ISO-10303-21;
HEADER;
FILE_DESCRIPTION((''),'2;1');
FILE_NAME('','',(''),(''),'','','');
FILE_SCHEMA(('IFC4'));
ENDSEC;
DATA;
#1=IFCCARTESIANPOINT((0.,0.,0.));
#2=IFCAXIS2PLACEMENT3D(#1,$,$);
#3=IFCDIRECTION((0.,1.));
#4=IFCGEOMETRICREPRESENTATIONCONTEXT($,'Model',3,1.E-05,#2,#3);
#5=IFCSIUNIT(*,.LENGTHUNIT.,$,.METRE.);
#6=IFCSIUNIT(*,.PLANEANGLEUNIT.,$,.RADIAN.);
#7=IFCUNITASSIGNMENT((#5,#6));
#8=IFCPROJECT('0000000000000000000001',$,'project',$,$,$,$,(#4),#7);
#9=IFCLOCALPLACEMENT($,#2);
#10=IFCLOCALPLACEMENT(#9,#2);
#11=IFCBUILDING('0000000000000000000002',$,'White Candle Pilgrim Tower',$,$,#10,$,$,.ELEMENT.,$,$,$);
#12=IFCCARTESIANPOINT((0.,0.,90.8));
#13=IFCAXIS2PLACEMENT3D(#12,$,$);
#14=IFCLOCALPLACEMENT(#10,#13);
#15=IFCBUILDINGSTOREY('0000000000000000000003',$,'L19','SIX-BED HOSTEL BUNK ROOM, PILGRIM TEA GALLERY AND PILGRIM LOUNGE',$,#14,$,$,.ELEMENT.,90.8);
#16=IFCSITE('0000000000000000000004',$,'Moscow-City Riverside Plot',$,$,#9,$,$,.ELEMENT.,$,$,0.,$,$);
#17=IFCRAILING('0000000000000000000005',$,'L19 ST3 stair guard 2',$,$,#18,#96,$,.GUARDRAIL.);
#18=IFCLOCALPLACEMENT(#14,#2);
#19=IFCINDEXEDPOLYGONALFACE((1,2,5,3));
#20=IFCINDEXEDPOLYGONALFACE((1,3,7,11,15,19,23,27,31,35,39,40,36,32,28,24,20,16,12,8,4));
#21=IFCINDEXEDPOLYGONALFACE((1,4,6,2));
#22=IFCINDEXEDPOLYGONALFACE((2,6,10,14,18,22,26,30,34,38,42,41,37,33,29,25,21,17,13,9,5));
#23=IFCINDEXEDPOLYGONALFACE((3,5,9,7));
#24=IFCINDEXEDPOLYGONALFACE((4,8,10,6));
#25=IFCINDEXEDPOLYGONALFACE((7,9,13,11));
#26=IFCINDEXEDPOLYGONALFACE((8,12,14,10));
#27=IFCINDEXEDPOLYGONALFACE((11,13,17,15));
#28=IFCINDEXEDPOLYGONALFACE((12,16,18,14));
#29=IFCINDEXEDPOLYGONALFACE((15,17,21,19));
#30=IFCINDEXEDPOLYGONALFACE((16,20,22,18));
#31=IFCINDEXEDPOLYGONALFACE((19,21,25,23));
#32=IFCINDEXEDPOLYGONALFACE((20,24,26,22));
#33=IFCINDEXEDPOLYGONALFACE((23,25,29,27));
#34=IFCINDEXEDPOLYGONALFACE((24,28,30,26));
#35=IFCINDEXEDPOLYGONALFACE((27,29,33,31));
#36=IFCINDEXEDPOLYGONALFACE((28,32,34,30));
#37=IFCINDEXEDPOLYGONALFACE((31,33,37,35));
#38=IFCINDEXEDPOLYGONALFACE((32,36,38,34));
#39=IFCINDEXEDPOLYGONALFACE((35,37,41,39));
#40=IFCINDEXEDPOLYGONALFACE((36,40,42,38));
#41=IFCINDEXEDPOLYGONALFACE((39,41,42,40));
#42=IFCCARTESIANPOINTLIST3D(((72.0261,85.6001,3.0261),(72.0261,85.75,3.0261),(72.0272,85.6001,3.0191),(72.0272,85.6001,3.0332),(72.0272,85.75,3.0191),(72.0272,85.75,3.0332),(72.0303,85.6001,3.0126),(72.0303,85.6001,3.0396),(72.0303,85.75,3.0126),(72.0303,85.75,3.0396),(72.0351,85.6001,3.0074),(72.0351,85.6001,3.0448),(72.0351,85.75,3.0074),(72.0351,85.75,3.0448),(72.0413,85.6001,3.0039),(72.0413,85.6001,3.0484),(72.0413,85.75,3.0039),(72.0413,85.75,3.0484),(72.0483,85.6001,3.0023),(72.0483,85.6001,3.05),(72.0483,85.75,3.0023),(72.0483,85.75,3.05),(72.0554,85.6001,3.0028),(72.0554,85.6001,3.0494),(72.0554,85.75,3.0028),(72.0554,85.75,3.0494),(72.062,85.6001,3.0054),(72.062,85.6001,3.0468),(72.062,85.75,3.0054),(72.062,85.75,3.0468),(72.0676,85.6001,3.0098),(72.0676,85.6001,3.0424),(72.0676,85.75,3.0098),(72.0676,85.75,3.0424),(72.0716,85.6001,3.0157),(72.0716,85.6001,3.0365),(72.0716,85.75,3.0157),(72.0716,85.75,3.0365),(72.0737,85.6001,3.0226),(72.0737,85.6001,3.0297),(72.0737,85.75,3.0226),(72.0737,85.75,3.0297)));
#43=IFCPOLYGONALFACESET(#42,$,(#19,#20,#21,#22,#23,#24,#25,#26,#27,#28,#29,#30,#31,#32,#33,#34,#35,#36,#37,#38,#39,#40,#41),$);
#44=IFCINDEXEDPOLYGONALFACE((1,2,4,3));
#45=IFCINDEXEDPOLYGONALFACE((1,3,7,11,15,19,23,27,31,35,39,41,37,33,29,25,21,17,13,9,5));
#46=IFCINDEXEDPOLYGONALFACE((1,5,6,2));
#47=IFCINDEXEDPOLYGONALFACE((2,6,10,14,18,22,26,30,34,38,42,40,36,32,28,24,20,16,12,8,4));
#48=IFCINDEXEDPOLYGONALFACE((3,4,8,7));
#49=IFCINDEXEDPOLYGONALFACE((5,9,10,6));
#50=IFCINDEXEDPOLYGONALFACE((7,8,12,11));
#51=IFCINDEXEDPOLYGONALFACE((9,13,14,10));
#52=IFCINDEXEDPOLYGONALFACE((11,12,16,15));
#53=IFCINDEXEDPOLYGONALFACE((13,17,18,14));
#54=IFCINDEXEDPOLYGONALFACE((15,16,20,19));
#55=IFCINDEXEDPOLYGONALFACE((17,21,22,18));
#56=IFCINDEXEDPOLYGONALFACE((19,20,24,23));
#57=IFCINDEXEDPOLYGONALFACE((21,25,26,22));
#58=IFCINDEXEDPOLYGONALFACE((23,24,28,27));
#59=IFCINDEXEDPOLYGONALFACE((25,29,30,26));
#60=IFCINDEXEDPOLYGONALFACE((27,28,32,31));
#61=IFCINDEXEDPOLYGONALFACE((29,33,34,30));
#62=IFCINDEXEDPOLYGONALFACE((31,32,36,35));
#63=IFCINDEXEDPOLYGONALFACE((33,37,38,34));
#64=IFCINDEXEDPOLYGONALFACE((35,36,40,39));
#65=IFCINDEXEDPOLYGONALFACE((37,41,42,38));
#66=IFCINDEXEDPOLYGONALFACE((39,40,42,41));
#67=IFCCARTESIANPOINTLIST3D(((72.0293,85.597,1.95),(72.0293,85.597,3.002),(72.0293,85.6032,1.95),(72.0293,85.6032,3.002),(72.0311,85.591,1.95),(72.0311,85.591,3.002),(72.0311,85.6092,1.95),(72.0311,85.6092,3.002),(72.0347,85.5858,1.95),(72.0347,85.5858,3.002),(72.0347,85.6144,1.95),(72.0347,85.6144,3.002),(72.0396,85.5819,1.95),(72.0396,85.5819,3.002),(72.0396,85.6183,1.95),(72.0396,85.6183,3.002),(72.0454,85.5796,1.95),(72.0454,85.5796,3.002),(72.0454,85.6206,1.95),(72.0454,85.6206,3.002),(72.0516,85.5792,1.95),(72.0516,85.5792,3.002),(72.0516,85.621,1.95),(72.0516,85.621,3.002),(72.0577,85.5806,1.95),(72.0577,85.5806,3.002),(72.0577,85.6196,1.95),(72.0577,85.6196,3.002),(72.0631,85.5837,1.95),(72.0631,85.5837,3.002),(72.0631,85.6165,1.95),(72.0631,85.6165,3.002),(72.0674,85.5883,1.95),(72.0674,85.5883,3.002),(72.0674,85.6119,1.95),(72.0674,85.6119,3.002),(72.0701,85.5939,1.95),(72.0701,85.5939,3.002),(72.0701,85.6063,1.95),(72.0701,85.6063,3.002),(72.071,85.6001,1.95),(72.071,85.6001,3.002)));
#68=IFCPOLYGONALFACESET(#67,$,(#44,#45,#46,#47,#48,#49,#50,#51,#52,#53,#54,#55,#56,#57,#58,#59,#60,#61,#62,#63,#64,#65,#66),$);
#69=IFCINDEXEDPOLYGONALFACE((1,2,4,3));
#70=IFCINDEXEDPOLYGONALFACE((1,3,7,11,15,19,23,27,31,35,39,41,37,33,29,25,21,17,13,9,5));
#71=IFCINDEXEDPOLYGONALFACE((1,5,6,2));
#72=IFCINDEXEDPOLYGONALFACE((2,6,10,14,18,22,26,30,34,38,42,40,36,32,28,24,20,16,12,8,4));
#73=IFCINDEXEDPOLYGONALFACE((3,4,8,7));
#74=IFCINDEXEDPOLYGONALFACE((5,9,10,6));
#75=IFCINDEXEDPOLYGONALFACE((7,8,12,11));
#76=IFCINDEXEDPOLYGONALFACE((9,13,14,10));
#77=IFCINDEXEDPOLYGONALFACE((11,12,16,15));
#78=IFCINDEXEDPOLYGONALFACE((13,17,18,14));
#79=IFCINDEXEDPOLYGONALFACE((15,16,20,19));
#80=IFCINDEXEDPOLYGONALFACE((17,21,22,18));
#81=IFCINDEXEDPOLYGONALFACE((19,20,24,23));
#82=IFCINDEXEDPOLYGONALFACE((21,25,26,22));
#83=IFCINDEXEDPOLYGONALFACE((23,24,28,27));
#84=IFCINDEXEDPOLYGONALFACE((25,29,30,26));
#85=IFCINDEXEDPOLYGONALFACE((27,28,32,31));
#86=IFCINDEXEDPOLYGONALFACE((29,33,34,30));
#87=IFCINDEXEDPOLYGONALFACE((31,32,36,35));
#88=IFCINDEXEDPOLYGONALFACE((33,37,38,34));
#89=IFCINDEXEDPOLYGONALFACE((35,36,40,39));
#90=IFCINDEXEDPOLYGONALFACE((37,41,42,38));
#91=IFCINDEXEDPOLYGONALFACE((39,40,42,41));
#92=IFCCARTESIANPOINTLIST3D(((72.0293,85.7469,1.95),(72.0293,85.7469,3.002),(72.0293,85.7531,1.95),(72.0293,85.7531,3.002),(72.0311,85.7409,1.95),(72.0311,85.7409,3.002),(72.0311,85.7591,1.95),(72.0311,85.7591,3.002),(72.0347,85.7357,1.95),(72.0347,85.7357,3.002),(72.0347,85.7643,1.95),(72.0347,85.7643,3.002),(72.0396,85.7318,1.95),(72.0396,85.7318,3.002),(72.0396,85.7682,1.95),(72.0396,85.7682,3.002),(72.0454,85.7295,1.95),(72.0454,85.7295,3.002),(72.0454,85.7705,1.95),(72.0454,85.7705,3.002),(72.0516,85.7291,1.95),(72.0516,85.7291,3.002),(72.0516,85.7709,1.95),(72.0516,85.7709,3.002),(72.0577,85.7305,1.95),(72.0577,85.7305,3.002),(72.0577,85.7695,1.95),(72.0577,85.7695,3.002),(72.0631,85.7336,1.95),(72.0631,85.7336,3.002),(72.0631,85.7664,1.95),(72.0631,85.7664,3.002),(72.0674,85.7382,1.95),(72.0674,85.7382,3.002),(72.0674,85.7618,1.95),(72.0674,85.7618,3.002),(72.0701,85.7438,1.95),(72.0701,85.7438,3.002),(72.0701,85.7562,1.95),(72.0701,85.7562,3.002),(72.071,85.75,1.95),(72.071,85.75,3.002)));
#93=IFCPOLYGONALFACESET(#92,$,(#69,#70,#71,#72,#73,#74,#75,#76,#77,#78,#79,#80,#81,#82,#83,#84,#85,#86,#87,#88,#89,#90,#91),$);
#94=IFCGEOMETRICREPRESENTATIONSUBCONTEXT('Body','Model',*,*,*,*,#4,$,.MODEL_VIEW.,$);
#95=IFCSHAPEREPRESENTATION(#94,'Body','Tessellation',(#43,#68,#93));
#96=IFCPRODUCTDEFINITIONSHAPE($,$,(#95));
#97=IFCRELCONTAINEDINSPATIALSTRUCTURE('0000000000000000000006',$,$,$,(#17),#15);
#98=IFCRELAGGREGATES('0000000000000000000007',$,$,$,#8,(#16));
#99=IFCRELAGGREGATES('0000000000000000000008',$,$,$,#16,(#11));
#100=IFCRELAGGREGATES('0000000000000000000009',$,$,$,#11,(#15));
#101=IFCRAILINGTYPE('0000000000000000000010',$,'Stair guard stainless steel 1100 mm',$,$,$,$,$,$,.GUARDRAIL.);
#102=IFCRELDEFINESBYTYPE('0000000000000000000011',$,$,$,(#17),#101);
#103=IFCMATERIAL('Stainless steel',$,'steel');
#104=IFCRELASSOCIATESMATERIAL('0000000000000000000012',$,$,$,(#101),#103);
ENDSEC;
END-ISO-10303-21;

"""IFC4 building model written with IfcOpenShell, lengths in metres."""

from ifc_helpers import new_model, si_unit, direction, frame, origin, origin_2d, place, context, subcontext, project, spatial, circle, extrude, material, type_object, element, save


model = new_model("IFC4")

# Units and contexts
model_context = context("Model", 3, precision=1e-05, world=origin(), true_north=direction((0.0, 1.0)))
body_context = subcontext(model_context, "Body", "Model", "MODEL_VIEW")
ifc_project = project(units=[si_unit("LENGTHUNIT", "METRE"), si_unit("PLANEANGLEUNIT", "RADIAN")], contexts=[model_context])

# Site, building, storey
site_placement = place(None, origin())
site = spatial("IfcSite", under=ifc_project, at=site_placement, Name="Moscow-City Riverside Plot", CompositionType="ELEMENT", RefElevation=0.0)
building_placement = place(site_placement, origin())
building = spatial("IfcBuilding", under=site, at=building_placement, Name="White Candle Pilgrim Tower", CompositionType="ELEMENT")
storey_placement = place(building_placement, frame((0.0, 0.0, 90.8)))
storey = spatial("IfcBuildingStorey", under=building, at=storey_placement, Name="L19", Description="SIX-BED HOSTEL BUNK ROOM, PILGRIM TEA GALLERY AND PILGRIM LOUNGE", CompositionType="ELEMENT", Elevation=90.8)

# Railing
ifc_material_1 = material(Name="Stainless steel", Category="steel")
railing_type_1 = type_object("IfcRailingType", Name="Stair guard stainless steel 1100 mm", PredefinedType="GUARDRAIL", material=ifc_material_1)
railing_1_placement = place(storey_placement, frame((72.05, 85.6001, 1.95)))
element("IfcRailing", 1, at=railing_1_placement, inside=storey, type_object=railing_type_1, Name="L19 ST3 stair guard 2", PredefinedType="GUARDRAIL", context=body_context, shape_type="SweptSolid", body=[
    extrude(circle(Radius=0.0239, at=origin_2d()), frame((0.0, 0.0, 1.0762), z_axis=(0.0, 1.0, 0.0), x_axis=(-1.0, 0.0, 0.0)), (0.0, 0.0, 1.0), 0.1499),
    extrude(circle(Radius=0.021, at=origin_2d()), origin(), (0.0, 0.0, 1.0), 1.052),
    extrude(circle(Radius=0.021, at=origin_2d()), frame((0.0, 0.1499, 0.0)), (0.0, 0.0, 1.0), 1.052),
])

save(model, "model.ifc")
